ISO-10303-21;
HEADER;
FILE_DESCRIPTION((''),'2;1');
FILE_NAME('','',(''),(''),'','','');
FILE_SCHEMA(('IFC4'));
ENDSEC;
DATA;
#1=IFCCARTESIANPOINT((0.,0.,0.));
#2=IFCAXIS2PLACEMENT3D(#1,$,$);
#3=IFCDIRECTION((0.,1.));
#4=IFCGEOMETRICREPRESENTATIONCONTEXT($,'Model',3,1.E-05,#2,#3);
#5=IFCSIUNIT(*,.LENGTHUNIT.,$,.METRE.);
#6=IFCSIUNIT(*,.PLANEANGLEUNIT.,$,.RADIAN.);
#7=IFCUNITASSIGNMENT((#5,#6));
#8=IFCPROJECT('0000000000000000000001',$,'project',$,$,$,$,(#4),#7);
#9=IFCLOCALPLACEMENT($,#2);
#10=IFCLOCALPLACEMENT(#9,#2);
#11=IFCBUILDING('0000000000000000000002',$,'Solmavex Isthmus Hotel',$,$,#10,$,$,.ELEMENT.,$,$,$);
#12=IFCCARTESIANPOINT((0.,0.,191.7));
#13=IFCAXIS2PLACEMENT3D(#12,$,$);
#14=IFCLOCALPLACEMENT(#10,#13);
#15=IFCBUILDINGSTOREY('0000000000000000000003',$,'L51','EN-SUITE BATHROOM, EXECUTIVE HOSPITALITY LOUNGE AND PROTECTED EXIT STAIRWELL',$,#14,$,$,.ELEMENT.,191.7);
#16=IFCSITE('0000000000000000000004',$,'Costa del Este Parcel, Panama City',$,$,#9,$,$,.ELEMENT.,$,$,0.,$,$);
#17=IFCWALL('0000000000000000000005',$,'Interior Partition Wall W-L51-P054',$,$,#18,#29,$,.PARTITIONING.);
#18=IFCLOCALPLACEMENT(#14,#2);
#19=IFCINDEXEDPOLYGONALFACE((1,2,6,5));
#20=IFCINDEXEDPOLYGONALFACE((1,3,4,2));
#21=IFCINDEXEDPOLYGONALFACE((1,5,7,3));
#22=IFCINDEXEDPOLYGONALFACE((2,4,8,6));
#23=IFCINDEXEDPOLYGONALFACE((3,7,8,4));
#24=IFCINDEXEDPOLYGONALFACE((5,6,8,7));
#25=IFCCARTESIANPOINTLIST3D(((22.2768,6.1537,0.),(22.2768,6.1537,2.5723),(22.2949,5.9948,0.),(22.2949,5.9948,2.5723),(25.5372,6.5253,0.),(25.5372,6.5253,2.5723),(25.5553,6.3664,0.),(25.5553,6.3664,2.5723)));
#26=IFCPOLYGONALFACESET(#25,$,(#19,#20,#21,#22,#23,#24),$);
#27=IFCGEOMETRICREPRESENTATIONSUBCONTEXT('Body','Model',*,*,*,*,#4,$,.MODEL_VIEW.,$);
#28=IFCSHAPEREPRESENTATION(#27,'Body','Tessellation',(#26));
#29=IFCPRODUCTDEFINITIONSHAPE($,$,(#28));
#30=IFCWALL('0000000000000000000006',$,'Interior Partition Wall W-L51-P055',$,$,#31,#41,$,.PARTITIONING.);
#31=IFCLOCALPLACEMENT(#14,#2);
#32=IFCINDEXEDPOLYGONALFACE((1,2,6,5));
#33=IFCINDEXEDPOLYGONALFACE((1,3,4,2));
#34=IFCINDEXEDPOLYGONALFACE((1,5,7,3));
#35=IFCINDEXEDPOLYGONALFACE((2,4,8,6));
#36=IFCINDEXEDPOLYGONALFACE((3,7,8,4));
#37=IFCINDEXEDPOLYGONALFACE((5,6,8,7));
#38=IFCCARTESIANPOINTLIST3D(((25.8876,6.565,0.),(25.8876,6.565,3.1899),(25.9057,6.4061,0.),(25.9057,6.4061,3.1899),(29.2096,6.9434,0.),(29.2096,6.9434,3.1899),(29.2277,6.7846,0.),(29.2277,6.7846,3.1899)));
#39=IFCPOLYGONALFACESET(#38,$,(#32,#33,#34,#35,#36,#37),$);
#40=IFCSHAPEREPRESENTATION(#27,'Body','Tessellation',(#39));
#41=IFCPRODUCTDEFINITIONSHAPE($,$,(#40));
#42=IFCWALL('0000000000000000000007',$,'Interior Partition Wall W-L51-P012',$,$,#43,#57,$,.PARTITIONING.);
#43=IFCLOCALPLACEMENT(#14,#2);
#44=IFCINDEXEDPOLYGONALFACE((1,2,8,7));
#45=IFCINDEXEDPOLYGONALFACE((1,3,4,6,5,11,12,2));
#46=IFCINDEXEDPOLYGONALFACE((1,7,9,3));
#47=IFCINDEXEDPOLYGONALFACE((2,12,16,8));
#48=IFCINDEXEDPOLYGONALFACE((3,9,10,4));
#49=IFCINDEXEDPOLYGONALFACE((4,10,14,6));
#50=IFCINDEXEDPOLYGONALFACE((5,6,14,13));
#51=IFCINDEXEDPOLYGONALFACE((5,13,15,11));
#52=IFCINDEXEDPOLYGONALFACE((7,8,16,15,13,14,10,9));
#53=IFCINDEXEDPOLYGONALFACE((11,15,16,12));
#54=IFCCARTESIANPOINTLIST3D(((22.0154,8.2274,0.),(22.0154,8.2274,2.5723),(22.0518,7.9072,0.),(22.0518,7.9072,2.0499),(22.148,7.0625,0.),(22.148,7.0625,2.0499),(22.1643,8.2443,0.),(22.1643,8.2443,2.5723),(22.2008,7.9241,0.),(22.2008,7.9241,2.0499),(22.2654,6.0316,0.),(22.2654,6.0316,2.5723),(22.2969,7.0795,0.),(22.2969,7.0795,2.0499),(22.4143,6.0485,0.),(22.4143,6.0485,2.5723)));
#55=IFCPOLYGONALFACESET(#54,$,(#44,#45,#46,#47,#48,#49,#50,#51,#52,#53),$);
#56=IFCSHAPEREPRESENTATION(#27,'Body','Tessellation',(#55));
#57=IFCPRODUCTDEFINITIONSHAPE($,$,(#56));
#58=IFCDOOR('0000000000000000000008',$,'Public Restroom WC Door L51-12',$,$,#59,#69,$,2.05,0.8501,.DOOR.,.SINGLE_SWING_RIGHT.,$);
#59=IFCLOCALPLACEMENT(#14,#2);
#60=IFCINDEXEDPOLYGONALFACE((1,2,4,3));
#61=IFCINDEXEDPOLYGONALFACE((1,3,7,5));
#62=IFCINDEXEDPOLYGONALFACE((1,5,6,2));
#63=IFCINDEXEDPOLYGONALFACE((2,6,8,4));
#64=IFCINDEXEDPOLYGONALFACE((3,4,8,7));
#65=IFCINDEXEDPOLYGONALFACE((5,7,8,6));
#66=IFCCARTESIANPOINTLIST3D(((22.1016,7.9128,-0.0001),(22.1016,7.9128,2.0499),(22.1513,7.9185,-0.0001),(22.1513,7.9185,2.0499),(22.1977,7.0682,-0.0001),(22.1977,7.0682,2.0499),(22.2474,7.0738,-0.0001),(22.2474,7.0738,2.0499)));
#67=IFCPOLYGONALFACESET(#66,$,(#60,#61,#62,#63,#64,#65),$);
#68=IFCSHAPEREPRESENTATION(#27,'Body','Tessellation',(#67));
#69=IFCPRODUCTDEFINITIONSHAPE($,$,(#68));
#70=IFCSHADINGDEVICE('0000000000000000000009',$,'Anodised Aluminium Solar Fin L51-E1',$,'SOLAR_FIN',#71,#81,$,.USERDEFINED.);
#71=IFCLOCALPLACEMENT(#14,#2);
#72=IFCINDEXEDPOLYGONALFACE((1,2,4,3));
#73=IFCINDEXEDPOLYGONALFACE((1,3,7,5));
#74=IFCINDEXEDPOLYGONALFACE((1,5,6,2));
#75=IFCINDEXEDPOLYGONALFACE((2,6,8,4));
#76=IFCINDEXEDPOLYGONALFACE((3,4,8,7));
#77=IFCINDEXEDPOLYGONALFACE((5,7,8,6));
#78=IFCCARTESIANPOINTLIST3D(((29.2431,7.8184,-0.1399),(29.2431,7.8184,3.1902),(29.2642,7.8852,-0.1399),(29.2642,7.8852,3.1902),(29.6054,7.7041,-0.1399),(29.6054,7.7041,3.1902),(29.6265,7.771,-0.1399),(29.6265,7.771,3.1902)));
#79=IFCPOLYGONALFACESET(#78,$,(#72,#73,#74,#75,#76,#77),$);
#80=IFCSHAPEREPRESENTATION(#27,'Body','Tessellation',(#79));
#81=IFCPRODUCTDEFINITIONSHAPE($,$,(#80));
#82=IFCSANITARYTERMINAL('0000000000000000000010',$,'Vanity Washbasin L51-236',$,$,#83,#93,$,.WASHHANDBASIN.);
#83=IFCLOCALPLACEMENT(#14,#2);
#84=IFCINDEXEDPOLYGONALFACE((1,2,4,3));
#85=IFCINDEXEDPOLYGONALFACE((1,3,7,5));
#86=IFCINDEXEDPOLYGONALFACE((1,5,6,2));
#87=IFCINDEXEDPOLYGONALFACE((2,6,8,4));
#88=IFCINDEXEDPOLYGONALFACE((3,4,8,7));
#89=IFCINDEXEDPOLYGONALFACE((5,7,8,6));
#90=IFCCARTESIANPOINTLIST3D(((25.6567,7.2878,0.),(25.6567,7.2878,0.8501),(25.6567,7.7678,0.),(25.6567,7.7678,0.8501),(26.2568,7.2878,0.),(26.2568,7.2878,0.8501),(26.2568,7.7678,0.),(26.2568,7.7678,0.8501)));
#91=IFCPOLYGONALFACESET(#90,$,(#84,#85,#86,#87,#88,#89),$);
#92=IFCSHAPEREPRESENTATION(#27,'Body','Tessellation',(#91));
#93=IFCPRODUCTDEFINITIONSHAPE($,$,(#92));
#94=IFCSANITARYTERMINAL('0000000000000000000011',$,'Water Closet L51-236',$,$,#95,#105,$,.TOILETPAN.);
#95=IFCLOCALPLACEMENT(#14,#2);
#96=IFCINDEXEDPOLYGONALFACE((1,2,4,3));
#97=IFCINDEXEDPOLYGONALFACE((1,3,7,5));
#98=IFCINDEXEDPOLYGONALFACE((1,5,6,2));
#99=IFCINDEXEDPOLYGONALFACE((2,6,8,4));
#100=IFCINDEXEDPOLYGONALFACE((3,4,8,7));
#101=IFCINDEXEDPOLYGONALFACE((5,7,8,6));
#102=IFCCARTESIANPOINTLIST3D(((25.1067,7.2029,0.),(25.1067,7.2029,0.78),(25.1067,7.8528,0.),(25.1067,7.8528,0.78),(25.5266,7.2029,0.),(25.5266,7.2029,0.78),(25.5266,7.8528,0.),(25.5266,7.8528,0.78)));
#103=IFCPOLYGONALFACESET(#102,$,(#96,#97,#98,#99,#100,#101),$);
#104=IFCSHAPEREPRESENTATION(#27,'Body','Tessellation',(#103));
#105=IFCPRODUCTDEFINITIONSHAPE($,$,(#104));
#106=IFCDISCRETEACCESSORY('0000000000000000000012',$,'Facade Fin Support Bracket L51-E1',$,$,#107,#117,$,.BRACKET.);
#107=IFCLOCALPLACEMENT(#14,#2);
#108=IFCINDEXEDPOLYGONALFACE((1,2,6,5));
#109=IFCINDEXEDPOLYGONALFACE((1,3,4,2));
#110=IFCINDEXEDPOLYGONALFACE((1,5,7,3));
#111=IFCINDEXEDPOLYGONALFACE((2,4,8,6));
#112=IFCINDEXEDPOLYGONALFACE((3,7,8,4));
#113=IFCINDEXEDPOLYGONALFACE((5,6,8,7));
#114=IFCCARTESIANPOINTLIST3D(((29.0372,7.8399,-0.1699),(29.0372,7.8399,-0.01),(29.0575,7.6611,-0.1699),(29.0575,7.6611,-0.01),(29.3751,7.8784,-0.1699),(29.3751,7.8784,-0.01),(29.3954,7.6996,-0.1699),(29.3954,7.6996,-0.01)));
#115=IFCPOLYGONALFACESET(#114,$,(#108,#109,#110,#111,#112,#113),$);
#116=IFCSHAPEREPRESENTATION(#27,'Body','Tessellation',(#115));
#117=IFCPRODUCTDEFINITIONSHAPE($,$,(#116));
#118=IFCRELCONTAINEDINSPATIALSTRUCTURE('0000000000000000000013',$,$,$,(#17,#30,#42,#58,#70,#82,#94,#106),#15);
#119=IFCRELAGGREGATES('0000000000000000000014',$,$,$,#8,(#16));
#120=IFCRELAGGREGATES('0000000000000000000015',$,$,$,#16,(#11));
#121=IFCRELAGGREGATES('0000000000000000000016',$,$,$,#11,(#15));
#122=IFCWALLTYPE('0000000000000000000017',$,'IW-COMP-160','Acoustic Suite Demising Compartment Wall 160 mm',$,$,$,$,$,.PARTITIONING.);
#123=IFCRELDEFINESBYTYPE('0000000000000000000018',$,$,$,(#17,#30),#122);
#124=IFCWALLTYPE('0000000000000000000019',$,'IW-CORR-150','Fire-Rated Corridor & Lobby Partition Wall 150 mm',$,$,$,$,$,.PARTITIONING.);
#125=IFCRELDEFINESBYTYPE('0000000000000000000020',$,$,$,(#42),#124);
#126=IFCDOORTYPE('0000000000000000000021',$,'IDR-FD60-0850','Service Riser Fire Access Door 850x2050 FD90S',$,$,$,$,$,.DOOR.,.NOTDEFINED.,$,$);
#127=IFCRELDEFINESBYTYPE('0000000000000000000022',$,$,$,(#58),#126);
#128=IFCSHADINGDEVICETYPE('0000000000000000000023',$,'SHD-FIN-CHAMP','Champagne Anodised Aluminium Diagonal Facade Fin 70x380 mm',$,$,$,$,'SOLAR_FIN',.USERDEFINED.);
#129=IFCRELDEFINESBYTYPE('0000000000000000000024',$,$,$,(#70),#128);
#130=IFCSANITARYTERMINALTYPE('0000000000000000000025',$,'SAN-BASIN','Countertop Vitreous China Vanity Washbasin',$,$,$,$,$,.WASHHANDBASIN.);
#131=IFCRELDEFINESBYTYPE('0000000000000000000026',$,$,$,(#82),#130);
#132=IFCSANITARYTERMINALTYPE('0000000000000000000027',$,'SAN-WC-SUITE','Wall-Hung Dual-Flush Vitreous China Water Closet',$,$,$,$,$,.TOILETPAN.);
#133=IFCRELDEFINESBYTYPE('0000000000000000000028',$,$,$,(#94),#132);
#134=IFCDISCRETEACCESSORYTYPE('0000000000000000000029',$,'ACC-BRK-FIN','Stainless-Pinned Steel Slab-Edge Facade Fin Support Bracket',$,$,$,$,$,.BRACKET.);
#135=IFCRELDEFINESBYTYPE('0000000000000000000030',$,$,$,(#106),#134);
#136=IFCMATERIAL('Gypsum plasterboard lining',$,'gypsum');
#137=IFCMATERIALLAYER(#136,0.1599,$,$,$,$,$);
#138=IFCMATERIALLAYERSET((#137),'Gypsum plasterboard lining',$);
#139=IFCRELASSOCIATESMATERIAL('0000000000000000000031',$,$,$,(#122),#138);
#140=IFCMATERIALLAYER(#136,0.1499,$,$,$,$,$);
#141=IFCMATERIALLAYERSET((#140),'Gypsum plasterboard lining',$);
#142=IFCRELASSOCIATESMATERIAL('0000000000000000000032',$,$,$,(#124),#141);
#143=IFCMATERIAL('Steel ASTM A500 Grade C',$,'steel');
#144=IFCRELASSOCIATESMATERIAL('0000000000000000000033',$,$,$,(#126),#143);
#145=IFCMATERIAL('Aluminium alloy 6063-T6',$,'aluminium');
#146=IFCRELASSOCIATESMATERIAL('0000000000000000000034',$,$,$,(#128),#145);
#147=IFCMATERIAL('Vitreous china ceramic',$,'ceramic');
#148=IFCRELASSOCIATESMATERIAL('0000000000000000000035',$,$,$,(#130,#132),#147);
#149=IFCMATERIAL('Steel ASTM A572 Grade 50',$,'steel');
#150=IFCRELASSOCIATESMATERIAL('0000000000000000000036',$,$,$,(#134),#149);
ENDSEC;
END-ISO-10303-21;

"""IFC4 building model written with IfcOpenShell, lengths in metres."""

from ifc_helpers import new_model, si_unit, direction, frame, frame_2d, origin, origin_2d, place, context, subcontext, project, spatial, rectangle, extrude, material, layer, layer_set, type_object, element, fill, save


model = new_model("IFC4")

# Units and contexts
model_context = context("Model", 3, precision=1e-05, world=origin(), true_north=direction((0.0, 1.0)))
body_context = subcontext(model_context, "Body", "Model", "MODEL_VIEW")
ifc_project = project(units=[si_unit("LENGTHUNIT", "METRE"), si_unit("PLANEANGLEUNIT", "RADIAN")], contexts=[model_context])

# Site, building, storey
site_placement = place(None, origin())
site = spatial("IfcSite", under=ifc_project, at=site_placement, Name="Costa del Este Parcel, Panama City", CompositionType="ELEMENT", RefElevation=0.0)
building_placement = place(site_placement, origin())
building = spatial("IfcBuilding", under=site, at=building_placement, Name="Solmavex Isthmus Hotel", CompositionType="ELEMENT")
storey_placement = place(building_placement, frame((0.0, 0.0, 191.7)))
storey = spatial("IfcBuildingStorey", under=building, at=storey_placement, Name="L51", Description="EN-SUITE BATHROOM, EXECUTIVE HOSPITALITY LOUNGE AND PROTECTED EXIT STAIRWELL", CompositionType="ELEMENT", Elevation=191.7)

# Shared definitions
ifc_material_1 = material(Name="Steel ASTM A572 Grade 50", Category="steel")

# Shared definitions
ifc_material_2 = material(Name="Aluminium alloy 6063-T6", Category="aluminium")

# Walls
ifc_material_3 = material(Name="Gypsum plasterboard lining", Category="gypsum")
ifc_layer_1 = layer(ifc_material_3, 0.1599)
ifc_layer_set_1 = layer_set([ifc_layer_1], Name="Gypsum plasterboard lining")
wall_type_1 = type_object("IfcWallType", Name="IW-COMP-160", Description="Acoustic Suite Demising Compartment Wall 160 mm", PredefinedType="PARTITIONING", material=ifc_layer_set_1)
wall_1_placement = place(storey_placement, frame((25.5461, 6.4458, 0.0), z_axis=(0.0, 0.0, 1.0), x_axis=(-0.993569, -0.113232, 0.0)))
element("IfcWall", 1, at=wall_1_placement, inside=storey, type_object=wall_type_1, Name="Interior Partition Wall W-L51-P054", PredefinedType="PARTITIONING", context=body_context, shape_type="SweptSolid", body=[
    extrude(rectangle(XDim=3.2815, YDim=0.1599, at=frame_2d((1.6406, 0.0))), origin(), (0.0, 0.0, 1.0), 2.5723),
])
wall_2_placement = place(storey_placement, frame((29.2188, 6.864, 0.0), z_axis=(0.0, 0.0, 1.0), x_axis=(-0.993574, -0.11318, 0.0)))
element("IfcWall", 2, at=wall_2_placement, inside=storey, type_object=wall_type_1, Name="Interior Partition Wall W-L51-P055", PredefinedType="PARTITIONING", context=body_context, shape_type="SweptSolid", body=[
    extrude(rectangle(XDim=3.3435, YDim=0.1599, at=frame_2d((1.6719, 0.0))), origin(), (0.0, 0.0, 1.0), 3.1899),
])

# Wall, opening, door
ifc_layer_2 = layer(ifc_material_3, 0.1499)
ifc_layer_set_2 = layer_set([ifc_layer_2], Name="Gypsum plasterboard lining")
wall_type_2 = type_object("IfcWallType", Name="IW-CORR-150", Description="Fire-Rated Corridor & Lobby Partition Wall 150 mm", PredefinedType="PARTITIONING", material=ifc_layer_set_2)
wall_3_placement = place(storey_placement, frame((22.0898, 8.2358, 0.0), z_axis=(0.0, 0.0, 1.0), x_axis=(0.113123, -0.993581, 0.0)))
wall_3 = element("IfcWall", 3, at=wall_3_placement, inside=storey, type_object=wall_type_2, Name="Interior Partition Wall W-L51-P012", PredefinedType="PARTITIONING", context=body_context, shape_type="SweptSolid", body=[
    extrude(rectangle(XDim=2.21, YDim=0.1499, at=frame_2d((1.105, 0.0))), origin(), (0.0, 0.0, 1.0), 2.5723),
])
opening_1_placement = place(wall_3_placement, frame((0.3223, 0.0, 0.0)))
opening_1 = element("IfcOpeningElement", 4, at=opening_1_placement, cuts=wall_3, PredefinedType="OPENING", context=body_context, shape_type="SweptSolid", body=[
    extrude(rectangle(XDim=0.8501, YDim=2.05, at=frame_2d((0.425, 1.0249))), frame((0.0, 0.085, 0.0), z_axis=(0.0, -1.0, 0.0), x_axis=(1.0, 0.0, 0.0)), (0.0, 0.0, 1.0), 0.1699),
])
ifc_material_4 = material(Name="Steel ASTM A500 Grade C", Category="steel")
door_type_1 = type_object("IfcDoorType", Name="IDR-FD60-0850", Description="Service Riser Fire Access Door 850x2050 FD90S", OperationType="NOTDEFINED", PredefinedType="DOOR", material=ifc_material_4)
door_1_placement = place(opening_1_placement, frame((0.8501, 0.0, 0.0), z_axis=(0.0, 0.0, 1.0), x_axis=(-1.0, 0.0, 0.0)))
door_1 = element("IfcDoor", 5, at=door_1_placement, inside=storey, type_object=door_type_1, Name="Public Restroom WC Door L51-12", OperationType="SINGLE_SWING_RIGHT", OverallHeight=2.05, OverallWidth=0.8501, PredefinedType="DOOR", context=body_context, shape_type="SweptSolid", body=[
    extrude(rectangle(XDim=0.8501, YDim=2.05, at=frame_2d((0.425, 1.0249))), frame((0.0, 0.0249, 0.0), z_axis=(0.0, -1.0, 0.0), x_axis=(1.0, 0.0, 0.0)), (0.0, 0.0, 1.0), 0.05),
])
fill(opening_1, door_1)

# Shading device
shading_device_type = type_object("IfcShadingDeviceType", Name="SHD-FIN-CHAMP", Description="Champagne Anodised Aluminium Diagonal Facade Fin 70x380 mm", ElementType="SOLAR_FIN", PredefinedType="USERDEFINED", material=ifc_material_2)
shading_device_placement = place(storey_placement, frame((29.4348, 7.7947, -0.1399), z_axis=(0.0, 0.0, 1.0), x_axis=(0.953717, -0.300706, 0.0)))
element("IfcShadingDevice", 6, at=shading_device_placement, inside=storey, type_object=shading_device_type, Name="Anodised Aluminium Solar Fin L51-E1", ObjectType="SOLAR_FIN", PredefinedType="USERDEFINED", context=body_context, shape_type="SweptSolid", body=[
    extrude(rectangle(XDim=0.3799, YDim=0.0701, at=origin_2d()), origin(), (0.0, 0.0, 1.0), 3.3301),
])

# Sanitary terminals
ifc_material_5 = material(Name="Vitreous china ceramic", Category="ceramic")
sanitary_terminal_type_1 = type_object("IfcSanitaryTerminalType", Name="SAN-BASIN", Description="Countertop Vitreous China Vanity Washbasin", PredefinedType="WASHHANDBASIN", material=ifc_material_5)
sanitary_terminal_1_placement = place(storey_placement, frame((25.9568, 7.5278, 0.0), z_axis=(0.0, 0.0, 1.0), x_axis=(1.0, 0.0, 0.0)))
element("IfcSanitaryTerminal", 7, at=sanitary_terminal_1_placement, inside=storey, type_object=sanitary_terminal_type_1, Name="Vanity Washbasin L51-236", PredefinedType="WASHHANDBASIN", context=body_context, shape_type="SweptSolid", body=[
    extrude(rectangle(XDim=0.6001, YDim=0.48, at=origin_2d()), origin(), (0.0, 0.0, 1.0), 0.8501),
])
sanitary_terminal_type_2 = type_object("IfcSanitaryTerminalType", Name="SAN-WC-SUITE", Description="Wall-Hung Dual-Flush Vitreous China Water Closet", PredefinedType="TOILETPAN", material=ifc_material_5)
sanitary_terminal_2_placement = place(storey_placement, frame((25.3167, 7.5278, 0.0), z_axis=(0.0, 0.0, 1.0), x_axis=(1.0, 0.0, 0.0)))
element("IfcSanitaryTerminal", 8, at=sanitary_terminal_2_placement, inside=storey, type_object=sanitary_terminal_type_2, Name="Water Closet L51-236", PredefinedType="TOILETPAN", context=body_context, shape_type="SweptSolid", body=[
    extrude(rectangle(XDim=0.4199, YDim=0.6499, at=origin_2d()), origin(), (0.0, 0.0, 1.0), 0.78),
])

# Discrete accessory
discrete_accessory_type = type_object("IfcDiscreteAccessoryType", Name="ACC-BRK-FIN", Description="Stainless-Pinned Steel Slab-Edge Facade Fin Support Bracket", PredefinedType="BRACKET", material=ifc_material_1)
discrete_accessory_placement = place(storey_placement, frame((29.2163, 7.7698, -0.1699), z_axis=(0.0, 0.0, 1.0), x_axis=(0.993572, 0.113203, 0.0)))
element("IfcDiscreteAccessory", 9, at=discrete_accessory_placement, inside=storey, type_object=discrete_accessory_type, Name="Facade Fin Support Bracket L51-E1", PredefinedType="BRACKET", context=body_context, shape_type="SweptSolid", body=[
    extrude(rectangle(XDim=0.3401, YDim=0.1799, at=origin_2d()), origin(), (0.0, 0.0, 1.0), 0.1599),
])

save(model, "model.ifc")
